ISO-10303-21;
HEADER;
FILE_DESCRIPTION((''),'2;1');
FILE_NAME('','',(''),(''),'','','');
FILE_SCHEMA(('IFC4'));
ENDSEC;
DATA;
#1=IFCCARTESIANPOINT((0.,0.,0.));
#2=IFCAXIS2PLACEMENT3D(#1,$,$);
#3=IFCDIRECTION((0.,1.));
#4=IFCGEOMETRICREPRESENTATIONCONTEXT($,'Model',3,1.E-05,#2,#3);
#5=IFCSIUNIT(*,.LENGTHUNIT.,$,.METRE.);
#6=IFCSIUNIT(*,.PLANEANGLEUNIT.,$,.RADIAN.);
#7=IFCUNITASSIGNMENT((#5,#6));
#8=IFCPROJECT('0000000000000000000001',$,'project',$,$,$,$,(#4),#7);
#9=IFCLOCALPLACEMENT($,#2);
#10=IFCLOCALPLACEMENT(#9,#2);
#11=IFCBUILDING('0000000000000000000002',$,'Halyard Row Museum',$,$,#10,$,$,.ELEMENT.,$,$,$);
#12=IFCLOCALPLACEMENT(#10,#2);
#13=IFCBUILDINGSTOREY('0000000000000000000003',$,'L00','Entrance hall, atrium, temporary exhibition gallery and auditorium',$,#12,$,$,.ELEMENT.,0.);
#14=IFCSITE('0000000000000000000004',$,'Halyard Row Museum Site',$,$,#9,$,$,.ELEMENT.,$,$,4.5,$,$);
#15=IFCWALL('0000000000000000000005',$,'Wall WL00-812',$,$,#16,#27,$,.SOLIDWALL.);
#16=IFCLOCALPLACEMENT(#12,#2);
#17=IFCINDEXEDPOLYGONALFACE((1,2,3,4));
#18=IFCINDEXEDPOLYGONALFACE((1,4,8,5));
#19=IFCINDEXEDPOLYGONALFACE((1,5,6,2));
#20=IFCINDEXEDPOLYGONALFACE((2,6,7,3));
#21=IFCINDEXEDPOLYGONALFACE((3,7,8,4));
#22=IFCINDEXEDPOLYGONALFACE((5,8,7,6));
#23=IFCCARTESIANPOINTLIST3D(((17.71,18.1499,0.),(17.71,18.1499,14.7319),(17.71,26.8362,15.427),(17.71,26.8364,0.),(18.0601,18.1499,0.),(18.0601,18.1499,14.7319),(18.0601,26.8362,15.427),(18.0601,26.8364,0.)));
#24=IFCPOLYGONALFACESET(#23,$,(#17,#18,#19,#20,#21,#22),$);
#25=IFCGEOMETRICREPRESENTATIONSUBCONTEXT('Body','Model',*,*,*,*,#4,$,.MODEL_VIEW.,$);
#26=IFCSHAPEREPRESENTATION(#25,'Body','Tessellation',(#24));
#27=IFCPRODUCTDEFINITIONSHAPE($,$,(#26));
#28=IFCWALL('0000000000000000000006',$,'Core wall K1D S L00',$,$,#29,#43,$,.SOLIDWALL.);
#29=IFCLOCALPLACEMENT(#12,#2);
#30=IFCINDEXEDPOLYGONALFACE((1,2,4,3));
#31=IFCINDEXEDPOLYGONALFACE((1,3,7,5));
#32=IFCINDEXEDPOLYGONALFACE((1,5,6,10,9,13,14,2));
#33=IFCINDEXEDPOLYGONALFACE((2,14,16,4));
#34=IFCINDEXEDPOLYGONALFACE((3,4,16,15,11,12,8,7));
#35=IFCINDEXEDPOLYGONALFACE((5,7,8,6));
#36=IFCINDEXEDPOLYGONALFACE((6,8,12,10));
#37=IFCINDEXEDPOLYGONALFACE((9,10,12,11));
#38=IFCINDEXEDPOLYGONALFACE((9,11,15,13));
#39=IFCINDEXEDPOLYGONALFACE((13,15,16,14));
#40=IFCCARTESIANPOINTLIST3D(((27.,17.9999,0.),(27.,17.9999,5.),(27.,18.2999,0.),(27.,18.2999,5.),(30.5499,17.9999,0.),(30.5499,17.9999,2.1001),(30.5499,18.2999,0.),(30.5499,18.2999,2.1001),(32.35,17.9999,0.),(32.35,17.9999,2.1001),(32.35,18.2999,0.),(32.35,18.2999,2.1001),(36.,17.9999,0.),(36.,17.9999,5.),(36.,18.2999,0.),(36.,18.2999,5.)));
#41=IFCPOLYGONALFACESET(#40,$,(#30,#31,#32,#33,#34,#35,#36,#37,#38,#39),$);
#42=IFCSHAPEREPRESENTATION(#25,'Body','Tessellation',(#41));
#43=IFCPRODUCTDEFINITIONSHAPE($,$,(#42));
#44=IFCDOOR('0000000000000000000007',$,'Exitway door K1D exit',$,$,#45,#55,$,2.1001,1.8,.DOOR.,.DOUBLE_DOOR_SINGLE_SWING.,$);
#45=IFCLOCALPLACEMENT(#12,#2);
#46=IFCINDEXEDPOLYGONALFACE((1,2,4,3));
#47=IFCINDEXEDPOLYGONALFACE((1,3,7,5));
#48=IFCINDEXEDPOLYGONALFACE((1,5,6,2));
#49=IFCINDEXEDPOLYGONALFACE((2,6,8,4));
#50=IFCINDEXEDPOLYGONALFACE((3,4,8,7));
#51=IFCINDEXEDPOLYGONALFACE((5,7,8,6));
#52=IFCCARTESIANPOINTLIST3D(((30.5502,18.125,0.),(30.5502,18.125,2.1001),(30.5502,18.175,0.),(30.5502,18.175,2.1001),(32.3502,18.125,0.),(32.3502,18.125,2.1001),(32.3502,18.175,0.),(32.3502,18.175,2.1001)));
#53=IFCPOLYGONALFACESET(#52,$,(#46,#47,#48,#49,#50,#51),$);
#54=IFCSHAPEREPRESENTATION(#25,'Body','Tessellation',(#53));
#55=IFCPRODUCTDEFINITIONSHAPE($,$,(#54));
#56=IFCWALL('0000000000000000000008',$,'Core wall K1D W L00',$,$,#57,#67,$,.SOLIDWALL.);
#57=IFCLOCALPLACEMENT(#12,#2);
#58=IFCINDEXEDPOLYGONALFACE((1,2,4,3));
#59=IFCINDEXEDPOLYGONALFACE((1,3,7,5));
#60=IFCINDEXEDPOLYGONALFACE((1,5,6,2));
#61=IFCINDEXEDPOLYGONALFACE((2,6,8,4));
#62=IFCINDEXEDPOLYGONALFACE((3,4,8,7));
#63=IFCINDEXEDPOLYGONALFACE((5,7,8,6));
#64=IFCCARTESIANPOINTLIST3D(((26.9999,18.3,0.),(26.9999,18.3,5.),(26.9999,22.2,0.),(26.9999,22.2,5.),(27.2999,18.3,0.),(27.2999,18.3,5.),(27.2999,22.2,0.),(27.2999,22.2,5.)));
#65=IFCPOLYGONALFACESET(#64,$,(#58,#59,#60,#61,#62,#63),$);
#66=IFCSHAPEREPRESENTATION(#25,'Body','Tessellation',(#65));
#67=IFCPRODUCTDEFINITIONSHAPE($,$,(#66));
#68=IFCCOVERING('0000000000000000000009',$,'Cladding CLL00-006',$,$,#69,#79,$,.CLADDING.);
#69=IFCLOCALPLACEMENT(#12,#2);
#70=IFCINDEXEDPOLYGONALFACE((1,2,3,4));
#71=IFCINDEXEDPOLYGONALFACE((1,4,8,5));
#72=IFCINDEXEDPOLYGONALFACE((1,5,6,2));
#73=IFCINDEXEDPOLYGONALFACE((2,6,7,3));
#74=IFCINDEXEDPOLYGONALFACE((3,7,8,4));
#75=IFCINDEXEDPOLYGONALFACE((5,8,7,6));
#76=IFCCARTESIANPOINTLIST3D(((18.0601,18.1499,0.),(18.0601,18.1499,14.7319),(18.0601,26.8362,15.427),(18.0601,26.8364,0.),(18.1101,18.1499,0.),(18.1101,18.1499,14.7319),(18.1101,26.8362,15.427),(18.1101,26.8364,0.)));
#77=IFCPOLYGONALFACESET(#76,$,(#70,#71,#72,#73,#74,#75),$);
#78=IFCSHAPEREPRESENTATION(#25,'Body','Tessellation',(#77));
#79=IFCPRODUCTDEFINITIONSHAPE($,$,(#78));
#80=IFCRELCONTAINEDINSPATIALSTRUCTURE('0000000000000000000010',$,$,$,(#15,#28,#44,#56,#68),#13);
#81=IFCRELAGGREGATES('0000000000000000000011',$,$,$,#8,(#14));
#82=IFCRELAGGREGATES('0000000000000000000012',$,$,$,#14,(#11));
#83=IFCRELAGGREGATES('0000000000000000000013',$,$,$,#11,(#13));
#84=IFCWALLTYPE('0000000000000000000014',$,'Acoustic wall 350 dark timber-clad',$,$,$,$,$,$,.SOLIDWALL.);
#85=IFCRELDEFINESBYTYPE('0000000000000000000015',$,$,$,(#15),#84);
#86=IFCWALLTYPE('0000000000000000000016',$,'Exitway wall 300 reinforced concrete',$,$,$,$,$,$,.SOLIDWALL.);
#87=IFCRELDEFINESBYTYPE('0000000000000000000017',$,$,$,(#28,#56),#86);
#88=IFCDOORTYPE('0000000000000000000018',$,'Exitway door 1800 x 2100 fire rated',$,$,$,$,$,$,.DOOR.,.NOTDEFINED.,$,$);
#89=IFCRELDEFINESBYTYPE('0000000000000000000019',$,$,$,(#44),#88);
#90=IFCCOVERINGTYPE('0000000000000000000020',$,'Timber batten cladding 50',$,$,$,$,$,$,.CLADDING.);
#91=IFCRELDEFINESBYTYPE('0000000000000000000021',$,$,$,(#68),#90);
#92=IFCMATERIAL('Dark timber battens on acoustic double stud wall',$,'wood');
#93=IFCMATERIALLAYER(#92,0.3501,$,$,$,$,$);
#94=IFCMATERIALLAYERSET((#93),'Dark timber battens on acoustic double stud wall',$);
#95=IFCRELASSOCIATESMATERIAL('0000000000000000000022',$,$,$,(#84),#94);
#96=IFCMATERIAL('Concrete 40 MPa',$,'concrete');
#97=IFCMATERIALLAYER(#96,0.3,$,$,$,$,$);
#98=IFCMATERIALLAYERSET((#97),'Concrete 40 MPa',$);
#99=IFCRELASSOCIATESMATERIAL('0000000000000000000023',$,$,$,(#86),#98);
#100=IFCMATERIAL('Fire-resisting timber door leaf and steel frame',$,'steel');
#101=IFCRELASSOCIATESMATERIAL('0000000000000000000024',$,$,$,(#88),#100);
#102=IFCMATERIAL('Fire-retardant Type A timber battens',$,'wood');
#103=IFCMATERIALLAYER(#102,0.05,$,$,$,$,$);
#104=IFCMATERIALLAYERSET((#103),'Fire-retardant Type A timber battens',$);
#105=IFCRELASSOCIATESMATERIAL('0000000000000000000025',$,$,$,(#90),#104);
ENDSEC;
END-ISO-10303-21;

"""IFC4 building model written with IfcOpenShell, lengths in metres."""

from ifc_helpers import new_model, si_unit, direction, frame, frame_2d, origin, place, context, subcontext, project, spatial, polyline, rectangle, outline, extrude, material, layer, layer_set, type_object, element, fill, save


model = new_model("IFC4")

# Units and contexts
model_context = context("Model", 3, precision=1e-05, world=origin(), true_north=direction((0.0, 1.0)))
body_context = subcontext(model_context, "Body", "Model", "MODEL_VIEW")
ifc_project = project(units=[si_unit("LENGTHUNIT", "METRE"), si_unit("PLANEANGLEUNIT", "RADIAN")], contexts=[model_context])

# Site, building, storey
site_placement = place(None, origin())
site = spatial("IfcSite", under=ifc_project, at=site_placement, Name="Halyard Row Museum Site", CompositionType="ELEMENT", RefElevation=4.5)
building_placement = place(site_placement, origin())
building = spatial("IfcBuilding", under=site, at=building_placement, Name="Halyard Row Museum", CompositionType="ELEMENT")
storey_placement = place(building_placement, origin())
storey = spatial("IfcBuildingStorey", under=building, at=storey_placement, Name="L00", Description="Entrance hall, atrium, temporary exhibition gallery and auditorium", CompositionType="ELEMENT", Elevation=0.0)

# Wall
ifc_material_1 = material(Name="Dark timber battens on acoustic double stud wall", Category="wood")
ifc_layer_1 = layer(ifc_material_1, 0.3501)
ifc_layer_set_1 = layer_set([ifc_layer_1], Name="Dark timber battens on acoustic double stud wall")
wall_type_1 = type_object("IfcWallType", Name="Acoustic wall 350 dark timber-clad", PredefinedType="SOLIDWALL", material=ifc_layer_set_1)
wall_1_placement = place(storey_placement, frame((17.885, 18.1499, 0.0), z_axis=(0.0, 0.0, 1.0), x_axis=(0.0, 1.0, 0.0)))
element("IfcWall", 1, at=wall_1_placement, inside=storey, type_object=wall_type_1, Name="Wall WL00-812", PredefinedType="SOLIDWALL", context=body_context, shape_type="SweptSolid", body=[
    extrude(outline(polyline([(0.0, 0.0), (8.6865, 0.0), (8.6863, 15.427), (0.0, 14.7319), (0.0, 0.0)])), frame((0.0, 0.175, 0.0), z_axis=(0.0, -1.0, 0.0), x_axis=(1.0, 0.0, 0.0)), (0.0, 0.0, 1.0), 0.3501),
])

# Wall, opening, door
ifc_material_2 = material(Name="Concrete 40 MPa", Category="concrete")
ifc_layer_2 = layer(ifc_material_2, 0.3)
ifc_layer_set_2 = layer_set([ifc_layer_2], Name="Concrete 40 MPa")
wall_type_2 = type_object("IfcWallType", Name="Exitway wall 300 reinforced concrete", PredefinedType="SOLIDWALL", material=ifc_layer_set_2)
wall_2_placement = place(storey_placement, frame((27.0, 18.1499, 0.0), z_axis=(0.0, 0.0, 1.0), x_axis=(1.0, 0.0, 0.0)))
wall_2 = element("IfcWall", 2, at=wall_2_placement, inside=storey, type_object=wall_type_2, Name="Core wall K1D S L00", PredefinedType="SOLIDWALL", context=body_context, shape_type="SweptSolid", body=[
    extrude(rectangle(XDim=9.0, YDim=0.3, at=frame_2d((4.5, 0.0))), origin(), (0.0, 0.0, 1.0), 5.0),
])
opening_placement = place(wall_2_placement, frame((3.55, 0.0, 0.0)))
opening = element("IfcOpeningElement", 3, at=opening_placement, cuts=wall_2, PredefinedType="OPENING", context=body_context, shape_type="SweptSolid", body=[
    extrude(rectangle(XDim=1.8, YDim=2.1001, at=frame_2d((0.8999, 1.05))), frame((0.0, 0.1599, 0.0), z_axis=(0.0, -1.0, 0.0), x_axis=(1.0, 0.0, 0.0)), (0.0, 0.0, 1.0), 0.3201),
])
ifc_material_3 = material(Name="Fire-resisting timber door leaf and steel frame", Category="steel")
door_type = type_object("IfcDoorType", Name="Exitway door 1800 x 2100 fire rated", OperationType="NOTDEFINED", PredefinedType="DOOR", material=ifc_material_3)
door_placement = place(opening_placement, frame((1.8, 0.0, 0.0), z_axis=(0.0, 0.0, 1.0), x_axis=(-1.0, 0.0, 0.0)))
door = element("IfcDoor", 4, at=door_placement, inside=storey, type_object=door_type, Name="Exitway door K1D exit", OperationType="DOUBLE_DOOR_SINGLE_SWING", OverallHeight=2.1001, OverallWidth=1.8, PredefinedType="DOOR", context=body_context, shape_type="SweptSolid", body=[
    extrude(rectangle(XDim=1.8, YDim=2.1001, at=frame_2d((0.8999, 1.05))), frame((0.0, 0.0249, 0.0), z_axis=(0.0, -1.0, 0.0), x_axis=(1.0, 0.0, 0.0)), (0.0, 0.0, 1.0), 0.05),
])
fill(opening, door)

# Wall
wall_3_placement = place(storey_placement, frame((27.1499, 18.3, 0.0), z_axis=(0.0, 0.0, 1.0), x_axis=(0.0, 1.0, 0.0)))
element("IfcWall", 5, at=wall_3_placement, inside=storey, type_object=wall_type_2, Name="Core wall K1D W L00", PredefinedType="SOLIDWALL", context=body_context, shape_type="SweptSolid", body=[
    extrude(rectangle(XDim=3.8999, YDim=0.3, at=frame_2d((1.95, 0.0))), origin(), (0.0, 0.0, 1.0), 5.0),
])

# Covering
ifc_material_4 = material(Name="Fire-retardant Type A timber battens", Category="wood")
ifc_layer_3 = layer(ifc_material_4, 0.05)
ifc_layer_set_3 = layer_set([ifc_layer_3], Name="Fire-retardant Type A timber battens")
covering_type = type_object("IfcCoveringType", Name="Timber batten cladding 50", PredefinedType="CLADDING", material=ifc_layer_set_3)
covering_placement = place(storey_placement, frame((18.085, 18.1499, 0.0), z_axis=(0.0, 0.0, 1.0), x_axis=(0.0, 1.0, 0.0)))
element("IfcCovering", 6, at=covering_placement, inside=storey, type_object=covering_type, Name="Cladding CLL00-006", PredefinedType="CLADDING", context=body_context, shape_type="SweptSolid", body=[
    extrude(outline(polyline([(0.0, 0.0), (8.6865, 0.0), (8.6863, 15.427), (0.0, 14.7319), (0.0, 0.0)])), frame((0.0, 0.0249, 0.0), z_axis=(0.0, -1.0, 0.0), x_axis=(1.0, 0.0, 0.0)), (0.0, 0.0, 1.0), 0.05),
])

save(model, "model.ifc")
